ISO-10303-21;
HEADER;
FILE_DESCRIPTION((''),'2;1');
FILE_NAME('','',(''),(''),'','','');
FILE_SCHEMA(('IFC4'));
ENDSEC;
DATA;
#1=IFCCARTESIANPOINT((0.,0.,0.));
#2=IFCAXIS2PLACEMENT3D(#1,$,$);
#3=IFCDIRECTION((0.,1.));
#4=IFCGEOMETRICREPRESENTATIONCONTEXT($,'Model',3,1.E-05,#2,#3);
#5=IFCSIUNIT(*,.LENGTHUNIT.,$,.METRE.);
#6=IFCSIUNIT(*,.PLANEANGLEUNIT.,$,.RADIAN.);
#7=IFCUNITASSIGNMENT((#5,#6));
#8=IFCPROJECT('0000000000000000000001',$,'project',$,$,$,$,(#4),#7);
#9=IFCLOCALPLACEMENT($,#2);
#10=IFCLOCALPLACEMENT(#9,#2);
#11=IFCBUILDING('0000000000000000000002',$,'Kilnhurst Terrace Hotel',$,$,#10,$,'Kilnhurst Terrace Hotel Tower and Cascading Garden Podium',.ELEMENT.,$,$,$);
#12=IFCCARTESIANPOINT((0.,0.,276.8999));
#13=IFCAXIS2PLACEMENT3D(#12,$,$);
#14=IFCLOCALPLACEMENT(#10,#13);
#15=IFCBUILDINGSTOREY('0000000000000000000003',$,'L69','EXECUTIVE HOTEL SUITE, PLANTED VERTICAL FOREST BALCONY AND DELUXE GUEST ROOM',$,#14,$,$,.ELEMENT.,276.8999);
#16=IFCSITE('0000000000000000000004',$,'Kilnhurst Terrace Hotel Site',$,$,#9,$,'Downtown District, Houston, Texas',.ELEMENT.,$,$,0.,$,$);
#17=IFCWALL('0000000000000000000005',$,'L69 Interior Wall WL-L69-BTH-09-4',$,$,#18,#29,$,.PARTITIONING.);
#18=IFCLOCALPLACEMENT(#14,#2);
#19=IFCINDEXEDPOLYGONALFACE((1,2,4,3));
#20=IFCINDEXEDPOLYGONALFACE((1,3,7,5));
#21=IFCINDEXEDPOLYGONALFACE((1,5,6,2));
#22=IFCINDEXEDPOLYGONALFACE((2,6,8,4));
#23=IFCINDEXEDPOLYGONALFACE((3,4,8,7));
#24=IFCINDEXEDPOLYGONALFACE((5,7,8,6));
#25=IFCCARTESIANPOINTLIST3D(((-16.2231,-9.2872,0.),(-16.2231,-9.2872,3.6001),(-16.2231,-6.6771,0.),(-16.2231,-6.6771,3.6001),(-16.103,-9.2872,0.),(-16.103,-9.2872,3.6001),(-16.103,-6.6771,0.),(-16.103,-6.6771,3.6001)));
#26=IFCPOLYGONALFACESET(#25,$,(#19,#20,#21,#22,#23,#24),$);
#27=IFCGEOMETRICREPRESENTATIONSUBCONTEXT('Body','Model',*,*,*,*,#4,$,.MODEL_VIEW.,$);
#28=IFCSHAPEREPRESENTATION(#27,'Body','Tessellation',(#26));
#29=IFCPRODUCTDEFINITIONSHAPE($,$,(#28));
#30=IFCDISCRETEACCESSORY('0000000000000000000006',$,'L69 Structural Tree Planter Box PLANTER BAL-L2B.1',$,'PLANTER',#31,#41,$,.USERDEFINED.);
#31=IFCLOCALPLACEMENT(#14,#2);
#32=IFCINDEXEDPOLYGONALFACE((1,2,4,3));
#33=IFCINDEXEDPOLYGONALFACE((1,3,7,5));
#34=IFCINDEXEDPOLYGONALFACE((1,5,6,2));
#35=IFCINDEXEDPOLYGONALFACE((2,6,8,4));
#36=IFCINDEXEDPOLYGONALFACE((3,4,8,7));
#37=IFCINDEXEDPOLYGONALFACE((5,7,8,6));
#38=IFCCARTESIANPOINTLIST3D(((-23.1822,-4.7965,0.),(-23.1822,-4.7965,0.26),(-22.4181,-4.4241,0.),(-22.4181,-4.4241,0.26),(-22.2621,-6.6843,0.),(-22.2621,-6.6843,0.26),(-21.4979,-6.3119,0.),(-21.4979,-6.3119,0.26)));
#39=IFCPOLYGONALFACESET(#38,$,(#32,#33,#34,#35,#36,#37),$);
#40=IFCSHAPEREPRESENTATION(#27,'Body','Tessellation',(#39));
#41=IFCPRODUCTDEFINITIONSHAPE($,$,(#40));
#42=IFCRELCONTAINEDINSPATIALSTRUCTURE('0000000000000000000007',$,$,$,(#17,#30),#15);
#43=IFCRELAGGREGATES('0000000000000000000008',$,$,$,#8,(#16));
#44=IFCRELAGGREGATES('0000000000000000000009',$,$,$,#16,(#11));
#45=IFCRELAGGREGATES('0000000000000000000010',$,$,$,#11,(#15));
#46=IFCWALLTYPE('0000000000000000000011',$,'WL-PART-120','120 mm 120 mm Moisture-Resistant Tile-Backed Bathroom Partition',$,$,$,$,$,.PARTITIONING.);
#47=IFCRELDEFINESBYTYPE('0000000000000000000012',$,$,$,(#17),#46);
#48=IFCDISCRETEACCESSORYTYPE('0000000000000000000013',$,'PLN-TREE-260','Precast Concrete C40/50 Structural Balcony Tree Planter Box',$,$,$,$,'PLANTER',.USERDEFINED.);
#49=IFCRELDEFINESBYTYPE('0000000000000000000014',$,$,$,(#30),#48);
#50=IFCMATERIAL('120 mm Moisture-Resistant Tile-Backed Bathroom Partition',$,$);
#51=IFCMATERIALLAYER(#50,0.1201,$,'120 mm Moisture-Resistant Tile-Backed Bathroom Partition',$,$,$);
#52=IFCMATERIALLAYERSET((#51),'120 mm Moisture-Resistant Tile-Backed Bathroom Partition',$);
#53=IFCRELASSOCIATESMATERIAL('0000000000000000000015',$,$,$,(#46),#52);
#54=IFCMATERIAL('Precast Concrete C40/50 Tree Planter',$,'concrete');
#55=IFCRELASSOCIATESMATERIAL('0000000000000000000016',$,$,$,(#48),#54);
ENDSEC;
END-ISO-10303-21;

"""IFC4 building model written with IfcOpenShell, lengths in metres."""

from ifc_helpers import new_model, si_unit, direction, frame, frame_2d, origin, origin_2d, place, context, subcontext, project, spatial, rectangle, extrude, material, layer, layer_set, type_object, element, save


model = new_model("IFC4")

# Units and contexts
model_context = context("Model", 3, precision=1e-05, world=origin(), true_north=direction((0.0, 1.0)))
body_context = subcontext(model_context, "Body", "Model", "MODEL_VIEW")
ifc_project = project(units=[si_unit("LENGTHUNIT", "METRE"), si_unit("PLANEANGLEUNIT", "RADIAN")], contexts=[model_context])

# Site, building, storey
site_placement = place(None, origin())
site = spatial("IfcSite", under=ifc_project, at=site_placement, Name="Kilnhurst Terrace Hotel Site", LongName="Downtown District, Houston, Texas", CompositionType="ELEMENT", RefElevation=0.0)
building_placement = place(site_placement, origin())
building = spatial("IfcBuilding", under=site, at=building_placement, Name="Kilnhurst Terrace Hotel", LongName="Kilnhurst Terrace Hotel Tower and Cascading Garden Podium", CompositionType="ELEMENT")
storey_placement = place(building_placement, frame((0.0, 0.0, 276.8999)))
storey = spatial("IfcBuildingStorey", under=building, at=storey_placement, Name="L69", Description="EXECUTIVE HOTEL SUITE, PLANTED VERTICAL FOREST BALCONY AND DELUXE GUEST ROOM", CompositionType="ELEMENT", Elevation=276.8999)

# Shared definitions
ifc_material_1 = material(Name="120 mm Moisture-Resistant Tile-Backed Bathroom Partition")
ifc_layer_1 = layer(ifc_material_1, 0.1201, Name="120 mm Moisture-Resistant Tile-Backed Bathroom Partition")
ifc_layer_set_1 = layer_set([ifc_layer_1], Name="120 mm Moisture-Resistant Tile-Backed Bathroom Partition")
wall_type_1 = type_object("IfcWallType", Name="WL-PART-120", Description="120 mm 120 mm Moisture-Resistant Tile-Backed Bathroom Partition", PredefinedType="PARTITIONING", material=ifc_layer_set_1)

# Wall
wall_1_placement = place(storey_placement, frame((-16.1631, -6.677, 0.0), z_axis=(0.0, 0.0, 1.0), x_axis=(0.0, -1.0, 0.0)))
element("IfcWall", 1, at=wall_1_placement, inside=storey, type_object=wall_type_1, Name="L69 Interior Wall WL-L69-BTH-09-4", PredefinedType="PARTITIONING", context=body_context, shape_type="SweptSolid", body=[
    extrude(rectangle(XDim=2.6101, YDim=0.1201, at=frame_2d((1.3052, 0.0))), origin(), (0.0, 0.0, 1.0), 3.6001),
])

# Discrete accessory
ifc_material_2 = material(Name="Precast Concrete C40/50 Tree Planter", Category="concrete")
discrete_accessory_type = type_object("IfcDiscreteAccessoryType", Name="PLN-TREE-260", Description="Precast Concrete C40/50 Structural Balcony Tree Planter Box", ElementType="PLANTER", PredefinedType="USERDEFINED", material=ifc_material_2)
discrete_accessory_placement = place(storey_placement, frame((-22.3401, -5.5542, 0.0), z_axis=(0.0, 0.0, 1.0), x_axis=(0.438136, -0.898909, 0.0)))
element("IfcDiscreteAccessory", 2, at=discrete_accessory_placement, inside=storey, type_object=discrete_accessory_type, Name="L69 Structural Tree Planter Box PLANTER BAL-L2B.1", ObjectType="PLANTER", PredefinedType="USERDEFINED", context=body_context, shape_type="SweptSolid", body=[
    extrude(rectangle(XDim=2.1001, YDim=0.8501, at=origin_2d()), origin(), (0.0, 0.0, 1.0), 0.26),
])

save(model, "model.ifc")
